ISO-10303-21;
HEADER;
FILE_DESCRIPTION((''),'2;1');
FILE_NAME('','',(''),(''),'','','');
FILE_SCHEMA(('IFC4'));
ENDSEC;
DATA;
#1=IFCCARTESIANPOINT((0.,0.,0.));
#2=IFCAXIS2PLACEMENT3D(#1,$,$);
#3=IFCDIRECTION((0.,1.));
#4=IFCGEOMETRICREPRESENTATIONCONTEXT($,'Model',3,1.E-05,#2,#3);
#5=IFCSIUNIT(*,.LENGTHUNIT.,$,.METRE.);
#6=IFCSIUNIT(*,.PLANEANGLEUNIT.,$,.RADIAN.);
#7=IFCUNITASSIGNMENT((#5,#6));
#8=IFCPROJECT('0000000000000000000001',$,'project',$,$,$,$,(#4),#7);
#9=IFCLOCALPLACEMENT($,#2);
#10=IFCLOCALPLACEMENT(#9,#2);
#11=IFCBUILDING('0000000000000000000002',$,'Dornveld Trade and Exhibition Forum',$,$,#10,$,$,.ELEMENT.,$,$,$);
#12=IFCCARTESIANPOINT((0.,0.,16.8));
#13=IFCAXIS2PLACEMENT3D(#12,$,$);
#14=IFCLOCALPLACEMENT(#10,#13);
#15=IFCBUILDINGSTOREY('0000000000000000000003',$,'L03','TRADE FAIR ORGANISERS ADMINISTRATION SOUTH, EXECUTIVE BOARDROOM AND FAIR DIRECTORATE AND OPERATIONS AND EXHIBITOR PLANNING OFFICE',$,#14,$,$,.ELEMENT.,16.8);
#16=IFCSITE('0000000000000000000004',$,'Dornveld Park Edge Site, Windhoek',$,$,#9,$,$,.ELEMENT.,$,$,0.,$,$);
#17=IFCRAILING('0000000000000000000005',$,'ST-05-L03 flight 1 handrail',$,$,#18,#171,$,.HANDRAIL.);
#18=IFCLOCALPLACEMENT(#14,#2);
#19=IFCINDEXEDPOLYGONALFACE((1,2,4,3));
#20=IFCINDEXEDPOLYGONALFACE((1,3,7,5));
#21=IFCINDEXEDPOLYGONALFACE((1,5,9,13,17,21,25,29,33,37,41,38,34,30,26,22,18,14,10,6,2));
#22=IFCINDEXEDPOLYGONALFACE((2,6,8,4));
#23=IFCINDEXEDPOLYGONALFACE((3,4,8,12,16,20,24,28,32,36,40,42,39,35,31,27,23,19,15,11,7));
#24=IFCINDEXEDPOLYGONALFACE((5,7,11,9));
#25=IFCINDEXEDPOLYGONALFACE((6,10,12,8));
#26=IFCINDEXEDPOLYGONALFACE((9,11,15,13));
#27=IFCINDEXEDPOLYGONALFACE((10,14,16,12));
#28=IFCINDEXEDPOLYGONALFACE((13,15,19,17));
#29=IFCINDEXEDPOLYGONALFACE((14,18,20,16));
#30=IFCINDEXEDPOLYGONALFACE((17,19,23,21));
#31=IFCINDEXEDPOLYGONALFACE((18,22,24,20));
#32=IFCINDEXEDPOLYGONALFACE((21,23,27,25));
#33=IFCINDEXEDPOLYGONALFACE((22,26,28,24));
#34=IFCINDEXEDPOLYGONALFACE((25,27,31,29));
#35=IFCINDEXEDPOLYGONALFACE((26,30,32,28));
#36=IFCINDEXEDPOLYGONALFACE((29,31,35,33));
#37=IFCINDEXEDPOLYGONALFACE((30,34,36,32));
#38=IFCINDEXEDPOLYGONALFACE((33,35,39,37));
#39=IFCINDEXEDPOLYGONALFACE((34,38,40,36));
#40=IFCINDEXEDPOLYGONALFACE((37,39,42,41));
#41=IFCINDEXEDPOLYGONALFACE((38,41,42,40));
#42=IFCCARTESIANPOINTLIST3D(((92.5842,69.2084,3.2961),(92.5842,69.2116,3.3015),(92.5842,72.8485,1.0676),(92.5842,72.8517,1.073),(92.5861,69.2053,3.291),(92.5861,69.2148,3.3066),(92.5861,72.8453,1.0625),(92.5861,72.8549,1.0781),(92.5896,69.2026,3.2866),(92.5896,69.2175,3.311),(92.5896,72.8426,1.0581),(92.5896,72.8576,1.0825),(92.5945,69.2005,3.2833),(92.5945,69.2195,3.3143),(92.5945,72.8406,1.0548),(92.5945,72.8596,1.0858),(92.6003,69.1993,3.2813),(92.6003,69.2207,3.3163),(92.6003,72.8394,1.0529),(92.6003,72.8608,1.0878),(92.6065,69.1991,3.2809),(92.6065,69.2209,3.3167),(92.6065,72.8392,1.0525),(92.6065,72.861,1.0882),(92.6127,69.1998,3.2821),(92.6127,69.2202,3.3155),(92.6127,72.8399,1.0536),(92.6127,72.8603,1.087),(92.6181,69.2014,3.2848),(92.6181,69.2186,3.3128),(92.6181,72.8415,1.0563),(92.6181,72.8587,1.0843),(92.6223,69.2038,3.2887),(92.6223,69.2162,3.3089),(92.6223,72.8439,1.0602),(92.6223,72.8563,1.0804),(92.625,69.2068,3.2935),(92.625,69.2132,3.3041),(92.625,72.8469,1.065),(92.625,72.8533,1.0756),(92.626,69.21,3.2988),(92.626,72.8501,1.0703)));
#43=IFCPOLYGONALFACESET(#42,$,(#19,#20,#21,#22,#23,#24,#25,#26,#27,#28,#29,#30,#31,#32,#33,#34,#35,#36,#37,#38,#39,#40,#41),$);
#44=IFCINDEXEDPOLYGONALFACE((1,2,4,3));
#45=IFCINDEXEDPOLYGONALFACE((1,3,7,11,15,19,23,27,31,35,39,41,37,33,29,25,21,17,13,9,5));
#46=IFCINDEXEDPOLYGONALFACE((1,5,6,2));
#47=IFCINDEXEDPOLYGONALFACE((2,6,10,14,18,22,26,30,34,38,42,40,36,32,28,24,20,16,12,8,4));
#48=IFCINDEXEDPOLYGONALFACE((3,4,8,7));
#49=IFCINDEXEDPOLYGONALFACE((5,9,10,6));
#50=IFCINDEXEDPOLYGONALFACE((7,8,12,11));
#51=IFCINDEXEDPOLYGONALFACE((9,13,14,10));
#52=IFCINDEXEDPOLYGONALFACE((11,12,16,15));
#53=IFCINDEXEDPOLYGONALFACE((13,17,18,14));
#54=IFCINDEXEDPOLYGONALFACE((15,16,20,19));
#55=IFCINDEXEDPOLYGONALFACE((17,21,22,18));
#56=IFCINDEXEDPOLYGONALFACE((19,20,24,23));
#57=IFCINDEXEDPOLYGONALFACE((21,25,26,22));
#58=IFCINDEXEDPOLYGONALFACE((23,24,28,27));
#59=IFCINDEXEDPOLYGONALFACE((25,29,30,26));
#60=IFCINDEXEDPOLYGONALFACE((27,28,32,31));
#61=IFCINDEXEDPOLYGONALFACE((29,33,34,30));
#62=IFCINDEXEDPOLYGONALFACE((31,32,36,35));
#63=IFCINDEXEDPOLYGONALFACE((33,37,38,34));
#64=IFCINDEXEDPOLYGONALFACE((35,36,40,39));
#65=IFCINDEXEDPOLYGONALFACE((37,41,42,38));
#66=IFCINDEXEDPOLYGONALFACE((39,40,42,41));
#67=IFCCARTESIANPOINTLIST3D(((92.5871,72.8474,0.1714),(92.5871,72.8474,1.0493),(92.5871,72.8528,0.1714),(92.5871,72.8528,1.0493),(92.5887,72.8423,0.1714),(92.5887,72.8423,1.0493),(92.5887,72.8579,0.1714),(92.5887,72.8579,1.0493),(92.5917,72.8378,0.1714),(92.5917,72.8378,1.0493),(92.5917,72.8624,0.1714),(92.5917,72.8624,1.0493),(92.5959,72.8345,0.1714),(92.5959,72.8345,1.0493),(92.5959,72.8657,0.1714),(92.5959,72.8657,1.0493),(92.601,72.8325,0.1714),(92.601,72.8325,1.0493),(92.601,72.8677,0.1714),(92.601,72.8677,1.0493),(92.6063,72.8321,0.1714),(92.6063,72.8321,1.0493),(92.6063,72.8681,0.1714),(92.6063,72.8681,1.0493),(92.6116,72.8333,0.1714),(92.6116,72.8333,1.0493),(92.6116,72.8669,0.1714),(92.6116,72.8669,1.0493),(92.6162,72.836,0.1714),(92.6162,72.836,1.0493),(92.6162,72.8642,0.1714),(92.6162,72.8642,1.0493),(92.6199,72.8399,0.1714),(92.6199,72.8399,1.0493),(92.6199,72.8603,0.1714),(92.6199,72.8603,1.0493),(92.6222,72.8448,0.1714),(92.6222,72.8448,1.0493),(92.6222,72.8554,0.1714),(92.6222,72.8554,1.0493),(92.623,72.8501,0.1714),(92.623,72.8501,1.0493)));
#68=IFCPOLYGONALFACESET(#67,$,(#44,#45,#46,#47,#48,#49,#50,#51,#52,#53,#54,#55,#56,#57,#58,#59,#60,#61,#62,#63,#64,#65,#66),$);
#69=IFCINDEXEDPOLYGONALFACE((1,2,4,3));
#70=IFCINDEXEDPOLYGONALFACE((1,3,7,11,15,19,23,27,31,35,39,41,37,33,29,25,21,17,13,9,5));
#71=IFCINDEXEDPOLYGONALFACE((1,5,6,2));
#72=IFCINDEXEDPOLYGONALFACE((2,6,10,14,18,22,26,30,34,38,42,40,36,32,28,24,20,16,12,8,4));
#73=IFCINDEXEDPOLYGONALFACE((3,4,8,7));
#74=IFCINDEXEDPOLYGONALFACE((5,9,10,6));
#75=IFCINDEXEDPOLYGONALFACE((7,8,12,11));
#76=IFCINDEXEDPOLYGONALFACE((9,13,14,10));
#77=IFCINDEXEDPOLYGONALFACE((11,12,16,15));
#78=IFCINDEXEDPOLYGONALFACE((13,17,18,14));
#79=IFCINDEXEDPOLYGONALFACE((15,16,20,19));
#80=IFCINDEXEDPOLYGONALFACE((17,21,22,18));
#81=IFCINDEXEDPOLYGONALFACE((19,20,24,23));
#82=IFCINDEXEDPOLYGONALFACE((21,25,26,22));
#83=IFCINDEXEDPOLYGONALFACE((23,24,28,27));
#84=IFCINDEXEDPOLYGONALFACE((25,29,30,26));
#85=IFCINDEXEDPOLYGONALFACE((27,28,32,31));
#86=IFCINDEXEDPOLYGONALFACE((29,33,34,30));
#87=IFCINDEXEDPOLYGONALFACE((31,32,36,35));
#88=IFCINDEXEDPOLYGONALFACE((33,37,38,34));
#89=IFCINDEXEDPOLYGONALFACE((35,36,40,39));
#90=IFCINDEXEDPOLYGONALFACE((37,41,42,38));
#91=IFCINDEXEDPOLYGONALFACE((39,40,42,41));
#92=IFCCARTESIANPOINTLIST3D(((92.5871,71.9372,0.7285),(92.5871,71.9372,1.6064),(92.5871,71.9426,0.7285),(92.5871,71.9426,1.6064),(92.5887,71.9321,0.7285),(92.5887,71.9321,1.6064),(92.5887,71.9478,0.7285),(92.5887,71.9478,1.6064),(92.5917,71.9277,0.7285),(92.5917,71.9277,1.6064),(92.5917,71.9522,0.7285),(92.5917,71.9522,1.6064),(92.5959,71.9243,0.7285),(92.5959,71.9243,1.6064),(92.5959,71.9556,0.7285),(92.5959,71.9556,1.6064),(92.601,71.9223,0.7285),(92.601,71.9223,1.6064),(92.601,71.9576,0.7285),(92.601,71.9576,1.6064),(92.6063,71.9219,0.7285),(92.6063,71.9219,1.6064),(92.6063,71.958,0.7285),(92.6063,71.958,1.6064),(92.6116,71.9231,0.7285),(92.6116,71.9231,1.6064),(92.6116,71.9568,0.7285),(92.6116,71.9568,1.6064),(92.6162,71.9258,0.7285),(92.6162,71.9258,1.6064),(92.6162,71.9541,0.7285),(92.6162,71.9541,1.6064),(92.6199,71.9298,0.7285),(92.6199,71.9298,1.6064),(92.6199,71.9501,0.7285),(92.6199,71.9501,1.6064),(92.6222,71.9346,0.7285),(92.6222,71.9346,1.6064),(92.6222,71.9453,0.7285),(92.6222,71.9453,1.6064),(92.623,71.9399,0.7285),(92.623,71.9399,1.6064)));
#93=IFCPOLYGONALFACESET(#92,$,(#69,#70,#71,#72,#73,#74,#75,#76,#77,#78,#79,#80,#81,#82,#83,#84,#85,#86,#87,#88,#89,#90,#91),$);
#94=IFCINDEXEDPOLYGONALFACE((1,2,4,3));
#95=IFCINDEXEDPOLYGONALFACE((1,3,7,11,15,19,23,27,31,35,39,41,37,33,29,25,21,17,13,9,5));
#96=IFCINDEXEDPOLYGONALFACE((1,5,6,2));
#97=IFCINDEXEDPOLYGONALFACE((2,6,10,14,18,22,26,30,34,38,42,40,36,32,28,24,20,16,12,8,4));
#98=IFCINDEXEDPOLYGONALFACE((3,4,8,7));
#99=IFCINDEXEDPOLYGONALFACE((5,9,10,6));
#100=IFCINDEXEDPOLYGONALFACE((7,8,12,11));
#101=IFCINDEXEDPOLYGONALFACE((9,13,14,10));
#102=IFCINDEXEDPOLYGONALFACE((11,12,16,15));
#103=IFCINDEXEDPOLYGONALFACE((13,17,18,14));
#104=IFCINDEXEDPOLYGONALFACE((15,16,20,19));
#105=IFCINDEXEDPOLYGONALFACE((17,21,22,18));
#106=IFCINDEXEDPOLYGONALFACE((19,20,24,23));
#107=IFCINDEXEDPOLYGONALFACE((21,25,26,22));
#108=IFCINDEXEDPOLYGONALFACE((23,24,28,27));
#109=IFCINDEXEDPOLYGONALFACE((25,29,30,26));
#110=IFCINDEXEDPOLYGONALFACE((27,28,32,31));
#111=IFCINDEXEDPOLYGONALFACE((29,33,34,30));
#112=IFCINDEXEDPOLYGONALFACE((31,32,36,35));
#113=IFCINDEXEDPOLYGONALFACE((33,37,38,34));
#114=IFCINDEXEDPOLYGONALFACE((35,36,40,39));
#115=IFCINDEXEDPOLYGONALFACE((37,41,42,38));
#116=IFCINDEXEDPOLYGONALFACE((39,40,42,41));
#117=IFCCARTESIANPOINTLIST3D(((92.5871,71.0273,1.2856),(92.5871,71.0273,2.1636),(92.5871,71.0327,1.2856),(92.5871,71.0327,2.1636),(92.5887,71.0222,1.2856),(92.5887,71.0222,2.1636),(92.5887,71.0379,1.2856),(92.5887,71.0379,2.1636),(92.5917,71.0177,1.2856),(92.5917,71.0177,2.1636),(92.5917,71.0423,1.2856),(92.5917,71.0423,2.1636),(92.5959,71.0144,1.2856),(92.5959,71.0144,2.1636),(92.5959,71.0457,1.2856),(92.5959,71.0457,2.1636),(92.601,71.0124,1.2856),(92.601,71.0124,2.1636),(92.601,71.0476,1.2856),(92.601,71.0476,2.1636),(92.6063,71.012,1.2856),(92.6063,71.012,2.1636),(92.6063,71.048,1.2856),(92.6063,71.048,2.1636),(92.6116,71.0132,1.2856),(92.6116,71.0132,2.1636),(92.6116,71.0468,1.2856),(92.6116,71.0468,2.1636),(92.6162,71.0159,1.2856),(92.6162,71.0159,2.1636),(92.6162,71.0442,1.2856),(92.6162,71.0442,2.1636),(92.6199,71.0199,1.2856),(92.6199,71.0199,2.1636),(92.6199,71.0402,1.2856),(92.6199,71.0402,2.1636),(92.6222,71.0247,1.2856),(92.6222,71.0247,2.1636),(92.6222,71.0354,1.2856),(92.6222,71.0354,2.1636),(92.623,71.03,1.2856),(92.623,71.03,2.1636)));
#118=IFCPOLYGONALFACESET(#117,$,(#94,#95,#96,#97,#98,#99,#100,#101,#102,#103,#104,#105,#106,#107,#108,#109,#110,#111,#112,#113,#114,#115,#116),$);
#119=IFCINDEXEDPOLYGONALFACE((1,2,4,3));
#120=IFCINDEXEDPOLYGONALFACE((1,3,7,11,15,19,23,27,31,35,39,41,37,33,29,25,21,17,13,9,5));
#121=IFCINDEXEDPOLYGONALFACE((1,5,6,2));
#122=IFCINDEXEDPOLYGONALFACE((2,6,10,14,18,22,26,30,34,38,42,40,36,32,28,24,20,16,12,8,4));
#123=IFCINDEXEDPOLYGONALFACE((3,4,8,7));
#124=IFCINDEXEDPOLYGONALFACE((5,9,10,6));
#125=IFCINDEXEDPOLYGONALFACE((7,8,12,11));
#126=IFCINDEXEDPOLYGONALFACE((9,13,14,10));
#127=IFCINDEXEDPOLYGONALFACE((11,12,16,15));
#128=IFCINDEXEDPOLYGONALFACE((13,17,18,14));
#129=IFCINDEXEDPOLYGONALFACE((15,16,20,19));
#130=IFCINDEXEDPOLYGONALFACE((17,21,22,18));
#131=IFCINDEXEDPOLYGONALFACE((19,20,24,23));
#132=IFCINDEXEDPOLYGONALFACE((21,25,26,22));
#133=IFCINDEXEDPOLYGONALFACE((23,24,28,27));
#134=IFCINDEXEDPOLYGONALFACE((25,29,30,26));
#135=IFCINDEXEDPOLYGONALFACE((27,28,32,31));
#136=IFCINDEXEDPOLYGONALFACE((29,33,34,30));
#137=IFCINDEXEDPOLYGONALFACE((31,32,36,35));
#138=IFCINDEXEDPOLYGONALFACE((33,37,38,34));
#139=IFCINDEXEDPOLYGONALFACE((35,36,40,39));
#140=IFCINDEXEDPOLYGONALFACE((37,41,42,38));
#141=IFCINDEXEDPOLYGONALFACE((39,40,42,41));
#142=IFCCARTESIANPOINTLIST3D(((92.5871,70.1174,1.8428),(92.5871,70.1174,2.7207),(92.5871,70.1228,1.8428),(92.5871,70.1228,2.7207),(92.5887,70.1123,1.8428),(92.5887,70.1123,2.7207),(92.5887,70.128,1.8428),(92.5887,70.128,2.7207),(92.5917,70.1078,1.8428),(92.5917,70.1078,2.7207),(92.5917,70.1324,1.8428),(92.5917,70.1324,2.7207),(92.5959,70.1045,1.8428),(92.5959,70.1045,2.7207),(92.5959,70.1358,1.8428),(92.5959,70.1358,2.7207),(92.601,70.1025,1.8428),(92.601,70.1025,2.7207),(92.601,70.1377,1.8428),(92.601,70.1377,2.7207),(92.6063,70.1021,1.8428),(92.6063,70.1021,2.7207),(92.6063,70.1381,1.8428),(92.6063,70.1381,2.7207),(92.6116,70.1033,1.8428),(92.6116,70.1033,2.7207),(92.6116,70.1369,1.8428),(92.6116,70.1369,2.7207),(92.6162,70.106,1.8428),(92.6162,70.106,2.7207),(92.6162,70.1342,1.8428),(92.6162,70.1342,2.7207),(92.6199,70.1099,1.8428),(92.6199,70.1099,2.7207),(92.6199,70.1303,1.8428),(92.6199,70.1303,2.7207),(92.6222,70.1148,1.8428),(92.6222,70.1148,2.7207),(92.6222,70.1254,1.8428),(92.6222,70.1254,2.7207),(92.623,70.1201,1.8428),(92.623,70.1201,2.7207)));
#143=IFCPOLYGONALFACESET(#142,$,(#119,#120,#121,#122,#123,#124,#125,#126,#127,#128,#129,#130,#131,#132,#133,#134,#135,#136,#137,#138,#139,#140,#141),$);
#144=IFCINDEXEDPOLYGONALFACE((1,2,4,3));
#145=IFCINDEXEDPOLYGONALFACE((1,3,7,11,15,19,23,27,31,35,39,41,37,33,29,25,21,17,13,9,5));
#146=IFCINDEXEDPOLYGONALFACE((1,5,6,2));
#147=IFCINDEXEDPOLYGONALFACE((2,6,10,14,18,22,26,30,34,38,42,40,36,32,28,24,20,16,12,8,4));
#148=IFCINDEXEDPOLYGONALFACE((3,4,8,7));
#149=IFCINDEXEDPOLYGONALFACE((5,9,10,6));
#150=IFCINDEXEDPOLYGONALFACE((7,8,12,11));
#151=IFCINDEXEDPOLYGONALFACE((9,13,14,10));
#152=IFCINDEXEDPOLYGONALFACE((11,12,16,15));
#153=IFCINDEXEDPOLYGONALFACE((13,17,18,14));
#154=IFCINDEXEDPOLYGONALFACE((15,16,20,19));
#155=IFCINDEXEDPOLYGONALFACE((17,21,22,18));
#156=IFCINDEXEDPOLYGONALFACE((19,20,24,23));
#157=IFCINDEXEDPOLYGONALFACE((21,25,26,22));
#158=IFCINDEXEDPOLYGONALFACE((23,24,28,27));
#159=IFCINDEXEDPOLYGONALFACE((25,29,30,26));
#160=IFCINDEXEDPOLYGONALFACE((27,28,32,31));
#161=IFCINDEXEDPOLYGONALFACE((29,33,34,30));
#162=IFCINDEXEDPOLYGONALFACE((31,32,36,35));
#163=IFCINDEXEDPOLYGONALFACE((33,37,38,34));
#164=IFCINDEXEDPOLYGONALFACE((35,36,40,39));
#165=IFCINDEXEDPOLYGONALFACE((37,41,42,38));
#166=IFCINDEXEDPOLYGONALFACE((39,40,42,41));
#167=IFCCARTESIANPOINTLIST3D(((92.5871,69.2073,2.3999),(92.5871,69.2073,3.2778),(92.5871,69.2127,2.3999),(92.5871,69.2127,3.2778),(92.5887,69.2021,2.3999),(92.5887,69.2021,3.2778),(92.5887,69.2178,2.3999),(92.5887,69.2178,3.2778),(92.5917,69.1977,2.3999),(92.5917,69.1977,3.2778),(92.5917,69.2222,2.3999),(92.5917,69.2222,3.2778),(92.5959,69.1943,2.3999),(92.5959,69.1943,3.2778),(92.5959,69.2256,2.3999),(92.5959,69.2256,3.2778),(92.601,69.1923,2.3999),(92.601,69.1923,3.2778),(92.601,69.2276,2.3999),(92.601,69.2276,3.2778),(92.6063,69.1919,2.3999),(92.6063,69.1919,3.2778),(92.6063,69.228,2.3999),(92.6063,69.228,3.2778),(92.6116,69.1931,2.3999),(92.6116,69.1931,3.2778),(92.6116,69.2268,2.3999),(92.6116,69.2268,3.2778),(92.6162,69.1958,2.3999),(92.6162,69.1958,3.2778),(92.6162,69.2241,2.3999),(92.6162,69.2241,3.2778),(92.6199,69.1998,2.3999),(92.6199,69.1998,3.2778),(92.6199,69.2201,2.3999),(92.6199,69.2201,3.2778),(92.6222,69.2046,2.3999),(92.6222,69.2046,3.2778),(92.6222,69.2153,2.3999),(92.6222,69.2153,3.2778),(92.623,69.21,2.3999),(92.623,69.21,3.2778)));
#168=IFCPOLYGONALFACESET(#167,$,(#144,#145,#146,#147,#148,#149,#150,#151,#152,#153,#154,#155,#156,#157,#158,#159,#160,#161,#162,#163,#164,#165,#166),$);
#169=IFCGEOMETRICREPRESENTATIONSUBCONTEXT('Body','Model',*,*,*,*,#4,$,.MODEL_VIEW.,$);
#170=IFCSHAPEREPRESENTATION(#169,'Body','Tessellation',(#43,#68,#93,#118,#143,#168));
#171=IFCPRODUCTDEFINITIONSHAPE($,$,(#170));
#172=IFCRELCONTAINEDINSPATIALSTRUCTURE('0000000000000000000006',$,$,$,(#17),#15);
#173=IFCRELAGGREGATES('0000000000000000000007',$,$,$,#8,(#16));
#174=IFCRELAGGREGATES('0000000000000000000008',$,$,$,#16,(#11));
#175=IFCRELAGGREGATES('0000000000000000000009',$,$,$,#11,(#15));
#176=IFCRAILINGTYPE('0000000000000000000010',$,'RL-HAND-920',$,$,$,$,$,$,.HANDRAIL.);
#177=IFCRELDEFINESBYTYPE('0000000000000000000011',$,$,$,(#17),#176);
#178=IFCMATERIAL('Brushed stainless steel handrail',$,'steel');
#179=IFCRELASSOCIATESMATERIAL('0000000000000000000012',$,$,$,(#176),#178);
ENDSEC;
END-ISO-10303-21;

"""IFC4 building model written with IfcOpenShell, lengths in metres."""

from ifc_helpers import new_model, si_unit, direction, frame, origin, origin_2d, place, context, subcontext, project, spatial, circle, extrude, material, type_object, element, save


model = new_model("IFC4")

# Units and contexts
model_context = context("Model", 3, precision=1e-05, world=origin(), true_north=direction((0.0, 1.0)))
body_context = subcontext(model_context, "Body", "Model", "MODEL_VIEW")
ifc_project = project(units=[si_unit("LENGTHUNIT", "METRE"), si_unit("PLANEANGLEUNIT", "RADIAN")], contexts=[model_context])

# Site, building, storey
site_placement = place(None, origin())
site = spatial("IfcSite", under=ifc_project, at=site_placement, Name="Dornveld Park Edge Site, Windhoek", CompositionType="ELEMENT", RefElevation=0.0)
building_placement = place(site_placement, origin())
building = spatial("IfcBuilding", under=site, at=building_placement, Name="Dornveld Trade and Exhibition Forum", CompositionType="ELEMENT")
storey_placement = place(building_placement, frame((0.0, 0.0, 16.8)))
storey = spatial("IfcBuildingStorey", under=building, at=storey_placement, Name="L03", Description="TRADE FAIR ORGANISERS ADMINISTRATION SOUTH, EXECUTIVE BOARDROOM AND FAIR DIRECTORATE AND OPERATIONS AND EXHIBITOR PLANNING OFFICE", CompositionType="ELEMENT", Elevation=16.8)

# Railing
ifc_material_1 = material(Name="Brushed stainless steel handrail", Category="steel")
railing_type_1 = type_object("IfcRailingType", Name="RL-HAND-920", PredefinedType="HANDRAIL", material=ifc_material_1)
railing_1_placement = place(storey_placement, frame((92.605, 72.8501, 0.1714)))
element("IfcRailing", 1, at=railing_1_placement, inside=storey, type_object=railing_type_1, Name="ST-05-L03 flight 1 handrail", PredefinedType="HANDRAIL", context=body_context, shape_type="SweptSolid", body=[
    extrude(circle(Radius=0.021, at=origin_2d()), frame((0.0, 0.0, 0.8989), z_axis=(0.0, -0.852866, 0.52213), x_axis=(1.0, 0.0, 0.0)), (0.0, 0.0, 1.0), 4.2681),
    extrude(circle(Radius=0.0181, at=origin_2d()), origin(), (0.0, 0.0, 1.0), 0.8779),
    extrude(circle(Radius=0.0181, at=origin_2d()), frame((0.0, -0.9102, 0.5571)), (0.0, 0.0, 1.0), 0.8779),
    extrude(circle(Radius=0.0181, at=origin_2d()), frame((0.0, -1.8201, 1.1143)), (0.0, 0.0, 1.0), 0.8779),
    extrude(circle(Radius=0.0181, at=origin_2d()), frame((0.0, -2.73, 1.6714)), (0.0, 0.0, 1.0), 0.8779),
    extrude(circle(Radius=0.0181, at=origin_2d()), frame((0.0, -3.6401, 2.2285)), (0.0, 0.0, 1.0), 0.8779),
])

save(model, "model.ifc")
